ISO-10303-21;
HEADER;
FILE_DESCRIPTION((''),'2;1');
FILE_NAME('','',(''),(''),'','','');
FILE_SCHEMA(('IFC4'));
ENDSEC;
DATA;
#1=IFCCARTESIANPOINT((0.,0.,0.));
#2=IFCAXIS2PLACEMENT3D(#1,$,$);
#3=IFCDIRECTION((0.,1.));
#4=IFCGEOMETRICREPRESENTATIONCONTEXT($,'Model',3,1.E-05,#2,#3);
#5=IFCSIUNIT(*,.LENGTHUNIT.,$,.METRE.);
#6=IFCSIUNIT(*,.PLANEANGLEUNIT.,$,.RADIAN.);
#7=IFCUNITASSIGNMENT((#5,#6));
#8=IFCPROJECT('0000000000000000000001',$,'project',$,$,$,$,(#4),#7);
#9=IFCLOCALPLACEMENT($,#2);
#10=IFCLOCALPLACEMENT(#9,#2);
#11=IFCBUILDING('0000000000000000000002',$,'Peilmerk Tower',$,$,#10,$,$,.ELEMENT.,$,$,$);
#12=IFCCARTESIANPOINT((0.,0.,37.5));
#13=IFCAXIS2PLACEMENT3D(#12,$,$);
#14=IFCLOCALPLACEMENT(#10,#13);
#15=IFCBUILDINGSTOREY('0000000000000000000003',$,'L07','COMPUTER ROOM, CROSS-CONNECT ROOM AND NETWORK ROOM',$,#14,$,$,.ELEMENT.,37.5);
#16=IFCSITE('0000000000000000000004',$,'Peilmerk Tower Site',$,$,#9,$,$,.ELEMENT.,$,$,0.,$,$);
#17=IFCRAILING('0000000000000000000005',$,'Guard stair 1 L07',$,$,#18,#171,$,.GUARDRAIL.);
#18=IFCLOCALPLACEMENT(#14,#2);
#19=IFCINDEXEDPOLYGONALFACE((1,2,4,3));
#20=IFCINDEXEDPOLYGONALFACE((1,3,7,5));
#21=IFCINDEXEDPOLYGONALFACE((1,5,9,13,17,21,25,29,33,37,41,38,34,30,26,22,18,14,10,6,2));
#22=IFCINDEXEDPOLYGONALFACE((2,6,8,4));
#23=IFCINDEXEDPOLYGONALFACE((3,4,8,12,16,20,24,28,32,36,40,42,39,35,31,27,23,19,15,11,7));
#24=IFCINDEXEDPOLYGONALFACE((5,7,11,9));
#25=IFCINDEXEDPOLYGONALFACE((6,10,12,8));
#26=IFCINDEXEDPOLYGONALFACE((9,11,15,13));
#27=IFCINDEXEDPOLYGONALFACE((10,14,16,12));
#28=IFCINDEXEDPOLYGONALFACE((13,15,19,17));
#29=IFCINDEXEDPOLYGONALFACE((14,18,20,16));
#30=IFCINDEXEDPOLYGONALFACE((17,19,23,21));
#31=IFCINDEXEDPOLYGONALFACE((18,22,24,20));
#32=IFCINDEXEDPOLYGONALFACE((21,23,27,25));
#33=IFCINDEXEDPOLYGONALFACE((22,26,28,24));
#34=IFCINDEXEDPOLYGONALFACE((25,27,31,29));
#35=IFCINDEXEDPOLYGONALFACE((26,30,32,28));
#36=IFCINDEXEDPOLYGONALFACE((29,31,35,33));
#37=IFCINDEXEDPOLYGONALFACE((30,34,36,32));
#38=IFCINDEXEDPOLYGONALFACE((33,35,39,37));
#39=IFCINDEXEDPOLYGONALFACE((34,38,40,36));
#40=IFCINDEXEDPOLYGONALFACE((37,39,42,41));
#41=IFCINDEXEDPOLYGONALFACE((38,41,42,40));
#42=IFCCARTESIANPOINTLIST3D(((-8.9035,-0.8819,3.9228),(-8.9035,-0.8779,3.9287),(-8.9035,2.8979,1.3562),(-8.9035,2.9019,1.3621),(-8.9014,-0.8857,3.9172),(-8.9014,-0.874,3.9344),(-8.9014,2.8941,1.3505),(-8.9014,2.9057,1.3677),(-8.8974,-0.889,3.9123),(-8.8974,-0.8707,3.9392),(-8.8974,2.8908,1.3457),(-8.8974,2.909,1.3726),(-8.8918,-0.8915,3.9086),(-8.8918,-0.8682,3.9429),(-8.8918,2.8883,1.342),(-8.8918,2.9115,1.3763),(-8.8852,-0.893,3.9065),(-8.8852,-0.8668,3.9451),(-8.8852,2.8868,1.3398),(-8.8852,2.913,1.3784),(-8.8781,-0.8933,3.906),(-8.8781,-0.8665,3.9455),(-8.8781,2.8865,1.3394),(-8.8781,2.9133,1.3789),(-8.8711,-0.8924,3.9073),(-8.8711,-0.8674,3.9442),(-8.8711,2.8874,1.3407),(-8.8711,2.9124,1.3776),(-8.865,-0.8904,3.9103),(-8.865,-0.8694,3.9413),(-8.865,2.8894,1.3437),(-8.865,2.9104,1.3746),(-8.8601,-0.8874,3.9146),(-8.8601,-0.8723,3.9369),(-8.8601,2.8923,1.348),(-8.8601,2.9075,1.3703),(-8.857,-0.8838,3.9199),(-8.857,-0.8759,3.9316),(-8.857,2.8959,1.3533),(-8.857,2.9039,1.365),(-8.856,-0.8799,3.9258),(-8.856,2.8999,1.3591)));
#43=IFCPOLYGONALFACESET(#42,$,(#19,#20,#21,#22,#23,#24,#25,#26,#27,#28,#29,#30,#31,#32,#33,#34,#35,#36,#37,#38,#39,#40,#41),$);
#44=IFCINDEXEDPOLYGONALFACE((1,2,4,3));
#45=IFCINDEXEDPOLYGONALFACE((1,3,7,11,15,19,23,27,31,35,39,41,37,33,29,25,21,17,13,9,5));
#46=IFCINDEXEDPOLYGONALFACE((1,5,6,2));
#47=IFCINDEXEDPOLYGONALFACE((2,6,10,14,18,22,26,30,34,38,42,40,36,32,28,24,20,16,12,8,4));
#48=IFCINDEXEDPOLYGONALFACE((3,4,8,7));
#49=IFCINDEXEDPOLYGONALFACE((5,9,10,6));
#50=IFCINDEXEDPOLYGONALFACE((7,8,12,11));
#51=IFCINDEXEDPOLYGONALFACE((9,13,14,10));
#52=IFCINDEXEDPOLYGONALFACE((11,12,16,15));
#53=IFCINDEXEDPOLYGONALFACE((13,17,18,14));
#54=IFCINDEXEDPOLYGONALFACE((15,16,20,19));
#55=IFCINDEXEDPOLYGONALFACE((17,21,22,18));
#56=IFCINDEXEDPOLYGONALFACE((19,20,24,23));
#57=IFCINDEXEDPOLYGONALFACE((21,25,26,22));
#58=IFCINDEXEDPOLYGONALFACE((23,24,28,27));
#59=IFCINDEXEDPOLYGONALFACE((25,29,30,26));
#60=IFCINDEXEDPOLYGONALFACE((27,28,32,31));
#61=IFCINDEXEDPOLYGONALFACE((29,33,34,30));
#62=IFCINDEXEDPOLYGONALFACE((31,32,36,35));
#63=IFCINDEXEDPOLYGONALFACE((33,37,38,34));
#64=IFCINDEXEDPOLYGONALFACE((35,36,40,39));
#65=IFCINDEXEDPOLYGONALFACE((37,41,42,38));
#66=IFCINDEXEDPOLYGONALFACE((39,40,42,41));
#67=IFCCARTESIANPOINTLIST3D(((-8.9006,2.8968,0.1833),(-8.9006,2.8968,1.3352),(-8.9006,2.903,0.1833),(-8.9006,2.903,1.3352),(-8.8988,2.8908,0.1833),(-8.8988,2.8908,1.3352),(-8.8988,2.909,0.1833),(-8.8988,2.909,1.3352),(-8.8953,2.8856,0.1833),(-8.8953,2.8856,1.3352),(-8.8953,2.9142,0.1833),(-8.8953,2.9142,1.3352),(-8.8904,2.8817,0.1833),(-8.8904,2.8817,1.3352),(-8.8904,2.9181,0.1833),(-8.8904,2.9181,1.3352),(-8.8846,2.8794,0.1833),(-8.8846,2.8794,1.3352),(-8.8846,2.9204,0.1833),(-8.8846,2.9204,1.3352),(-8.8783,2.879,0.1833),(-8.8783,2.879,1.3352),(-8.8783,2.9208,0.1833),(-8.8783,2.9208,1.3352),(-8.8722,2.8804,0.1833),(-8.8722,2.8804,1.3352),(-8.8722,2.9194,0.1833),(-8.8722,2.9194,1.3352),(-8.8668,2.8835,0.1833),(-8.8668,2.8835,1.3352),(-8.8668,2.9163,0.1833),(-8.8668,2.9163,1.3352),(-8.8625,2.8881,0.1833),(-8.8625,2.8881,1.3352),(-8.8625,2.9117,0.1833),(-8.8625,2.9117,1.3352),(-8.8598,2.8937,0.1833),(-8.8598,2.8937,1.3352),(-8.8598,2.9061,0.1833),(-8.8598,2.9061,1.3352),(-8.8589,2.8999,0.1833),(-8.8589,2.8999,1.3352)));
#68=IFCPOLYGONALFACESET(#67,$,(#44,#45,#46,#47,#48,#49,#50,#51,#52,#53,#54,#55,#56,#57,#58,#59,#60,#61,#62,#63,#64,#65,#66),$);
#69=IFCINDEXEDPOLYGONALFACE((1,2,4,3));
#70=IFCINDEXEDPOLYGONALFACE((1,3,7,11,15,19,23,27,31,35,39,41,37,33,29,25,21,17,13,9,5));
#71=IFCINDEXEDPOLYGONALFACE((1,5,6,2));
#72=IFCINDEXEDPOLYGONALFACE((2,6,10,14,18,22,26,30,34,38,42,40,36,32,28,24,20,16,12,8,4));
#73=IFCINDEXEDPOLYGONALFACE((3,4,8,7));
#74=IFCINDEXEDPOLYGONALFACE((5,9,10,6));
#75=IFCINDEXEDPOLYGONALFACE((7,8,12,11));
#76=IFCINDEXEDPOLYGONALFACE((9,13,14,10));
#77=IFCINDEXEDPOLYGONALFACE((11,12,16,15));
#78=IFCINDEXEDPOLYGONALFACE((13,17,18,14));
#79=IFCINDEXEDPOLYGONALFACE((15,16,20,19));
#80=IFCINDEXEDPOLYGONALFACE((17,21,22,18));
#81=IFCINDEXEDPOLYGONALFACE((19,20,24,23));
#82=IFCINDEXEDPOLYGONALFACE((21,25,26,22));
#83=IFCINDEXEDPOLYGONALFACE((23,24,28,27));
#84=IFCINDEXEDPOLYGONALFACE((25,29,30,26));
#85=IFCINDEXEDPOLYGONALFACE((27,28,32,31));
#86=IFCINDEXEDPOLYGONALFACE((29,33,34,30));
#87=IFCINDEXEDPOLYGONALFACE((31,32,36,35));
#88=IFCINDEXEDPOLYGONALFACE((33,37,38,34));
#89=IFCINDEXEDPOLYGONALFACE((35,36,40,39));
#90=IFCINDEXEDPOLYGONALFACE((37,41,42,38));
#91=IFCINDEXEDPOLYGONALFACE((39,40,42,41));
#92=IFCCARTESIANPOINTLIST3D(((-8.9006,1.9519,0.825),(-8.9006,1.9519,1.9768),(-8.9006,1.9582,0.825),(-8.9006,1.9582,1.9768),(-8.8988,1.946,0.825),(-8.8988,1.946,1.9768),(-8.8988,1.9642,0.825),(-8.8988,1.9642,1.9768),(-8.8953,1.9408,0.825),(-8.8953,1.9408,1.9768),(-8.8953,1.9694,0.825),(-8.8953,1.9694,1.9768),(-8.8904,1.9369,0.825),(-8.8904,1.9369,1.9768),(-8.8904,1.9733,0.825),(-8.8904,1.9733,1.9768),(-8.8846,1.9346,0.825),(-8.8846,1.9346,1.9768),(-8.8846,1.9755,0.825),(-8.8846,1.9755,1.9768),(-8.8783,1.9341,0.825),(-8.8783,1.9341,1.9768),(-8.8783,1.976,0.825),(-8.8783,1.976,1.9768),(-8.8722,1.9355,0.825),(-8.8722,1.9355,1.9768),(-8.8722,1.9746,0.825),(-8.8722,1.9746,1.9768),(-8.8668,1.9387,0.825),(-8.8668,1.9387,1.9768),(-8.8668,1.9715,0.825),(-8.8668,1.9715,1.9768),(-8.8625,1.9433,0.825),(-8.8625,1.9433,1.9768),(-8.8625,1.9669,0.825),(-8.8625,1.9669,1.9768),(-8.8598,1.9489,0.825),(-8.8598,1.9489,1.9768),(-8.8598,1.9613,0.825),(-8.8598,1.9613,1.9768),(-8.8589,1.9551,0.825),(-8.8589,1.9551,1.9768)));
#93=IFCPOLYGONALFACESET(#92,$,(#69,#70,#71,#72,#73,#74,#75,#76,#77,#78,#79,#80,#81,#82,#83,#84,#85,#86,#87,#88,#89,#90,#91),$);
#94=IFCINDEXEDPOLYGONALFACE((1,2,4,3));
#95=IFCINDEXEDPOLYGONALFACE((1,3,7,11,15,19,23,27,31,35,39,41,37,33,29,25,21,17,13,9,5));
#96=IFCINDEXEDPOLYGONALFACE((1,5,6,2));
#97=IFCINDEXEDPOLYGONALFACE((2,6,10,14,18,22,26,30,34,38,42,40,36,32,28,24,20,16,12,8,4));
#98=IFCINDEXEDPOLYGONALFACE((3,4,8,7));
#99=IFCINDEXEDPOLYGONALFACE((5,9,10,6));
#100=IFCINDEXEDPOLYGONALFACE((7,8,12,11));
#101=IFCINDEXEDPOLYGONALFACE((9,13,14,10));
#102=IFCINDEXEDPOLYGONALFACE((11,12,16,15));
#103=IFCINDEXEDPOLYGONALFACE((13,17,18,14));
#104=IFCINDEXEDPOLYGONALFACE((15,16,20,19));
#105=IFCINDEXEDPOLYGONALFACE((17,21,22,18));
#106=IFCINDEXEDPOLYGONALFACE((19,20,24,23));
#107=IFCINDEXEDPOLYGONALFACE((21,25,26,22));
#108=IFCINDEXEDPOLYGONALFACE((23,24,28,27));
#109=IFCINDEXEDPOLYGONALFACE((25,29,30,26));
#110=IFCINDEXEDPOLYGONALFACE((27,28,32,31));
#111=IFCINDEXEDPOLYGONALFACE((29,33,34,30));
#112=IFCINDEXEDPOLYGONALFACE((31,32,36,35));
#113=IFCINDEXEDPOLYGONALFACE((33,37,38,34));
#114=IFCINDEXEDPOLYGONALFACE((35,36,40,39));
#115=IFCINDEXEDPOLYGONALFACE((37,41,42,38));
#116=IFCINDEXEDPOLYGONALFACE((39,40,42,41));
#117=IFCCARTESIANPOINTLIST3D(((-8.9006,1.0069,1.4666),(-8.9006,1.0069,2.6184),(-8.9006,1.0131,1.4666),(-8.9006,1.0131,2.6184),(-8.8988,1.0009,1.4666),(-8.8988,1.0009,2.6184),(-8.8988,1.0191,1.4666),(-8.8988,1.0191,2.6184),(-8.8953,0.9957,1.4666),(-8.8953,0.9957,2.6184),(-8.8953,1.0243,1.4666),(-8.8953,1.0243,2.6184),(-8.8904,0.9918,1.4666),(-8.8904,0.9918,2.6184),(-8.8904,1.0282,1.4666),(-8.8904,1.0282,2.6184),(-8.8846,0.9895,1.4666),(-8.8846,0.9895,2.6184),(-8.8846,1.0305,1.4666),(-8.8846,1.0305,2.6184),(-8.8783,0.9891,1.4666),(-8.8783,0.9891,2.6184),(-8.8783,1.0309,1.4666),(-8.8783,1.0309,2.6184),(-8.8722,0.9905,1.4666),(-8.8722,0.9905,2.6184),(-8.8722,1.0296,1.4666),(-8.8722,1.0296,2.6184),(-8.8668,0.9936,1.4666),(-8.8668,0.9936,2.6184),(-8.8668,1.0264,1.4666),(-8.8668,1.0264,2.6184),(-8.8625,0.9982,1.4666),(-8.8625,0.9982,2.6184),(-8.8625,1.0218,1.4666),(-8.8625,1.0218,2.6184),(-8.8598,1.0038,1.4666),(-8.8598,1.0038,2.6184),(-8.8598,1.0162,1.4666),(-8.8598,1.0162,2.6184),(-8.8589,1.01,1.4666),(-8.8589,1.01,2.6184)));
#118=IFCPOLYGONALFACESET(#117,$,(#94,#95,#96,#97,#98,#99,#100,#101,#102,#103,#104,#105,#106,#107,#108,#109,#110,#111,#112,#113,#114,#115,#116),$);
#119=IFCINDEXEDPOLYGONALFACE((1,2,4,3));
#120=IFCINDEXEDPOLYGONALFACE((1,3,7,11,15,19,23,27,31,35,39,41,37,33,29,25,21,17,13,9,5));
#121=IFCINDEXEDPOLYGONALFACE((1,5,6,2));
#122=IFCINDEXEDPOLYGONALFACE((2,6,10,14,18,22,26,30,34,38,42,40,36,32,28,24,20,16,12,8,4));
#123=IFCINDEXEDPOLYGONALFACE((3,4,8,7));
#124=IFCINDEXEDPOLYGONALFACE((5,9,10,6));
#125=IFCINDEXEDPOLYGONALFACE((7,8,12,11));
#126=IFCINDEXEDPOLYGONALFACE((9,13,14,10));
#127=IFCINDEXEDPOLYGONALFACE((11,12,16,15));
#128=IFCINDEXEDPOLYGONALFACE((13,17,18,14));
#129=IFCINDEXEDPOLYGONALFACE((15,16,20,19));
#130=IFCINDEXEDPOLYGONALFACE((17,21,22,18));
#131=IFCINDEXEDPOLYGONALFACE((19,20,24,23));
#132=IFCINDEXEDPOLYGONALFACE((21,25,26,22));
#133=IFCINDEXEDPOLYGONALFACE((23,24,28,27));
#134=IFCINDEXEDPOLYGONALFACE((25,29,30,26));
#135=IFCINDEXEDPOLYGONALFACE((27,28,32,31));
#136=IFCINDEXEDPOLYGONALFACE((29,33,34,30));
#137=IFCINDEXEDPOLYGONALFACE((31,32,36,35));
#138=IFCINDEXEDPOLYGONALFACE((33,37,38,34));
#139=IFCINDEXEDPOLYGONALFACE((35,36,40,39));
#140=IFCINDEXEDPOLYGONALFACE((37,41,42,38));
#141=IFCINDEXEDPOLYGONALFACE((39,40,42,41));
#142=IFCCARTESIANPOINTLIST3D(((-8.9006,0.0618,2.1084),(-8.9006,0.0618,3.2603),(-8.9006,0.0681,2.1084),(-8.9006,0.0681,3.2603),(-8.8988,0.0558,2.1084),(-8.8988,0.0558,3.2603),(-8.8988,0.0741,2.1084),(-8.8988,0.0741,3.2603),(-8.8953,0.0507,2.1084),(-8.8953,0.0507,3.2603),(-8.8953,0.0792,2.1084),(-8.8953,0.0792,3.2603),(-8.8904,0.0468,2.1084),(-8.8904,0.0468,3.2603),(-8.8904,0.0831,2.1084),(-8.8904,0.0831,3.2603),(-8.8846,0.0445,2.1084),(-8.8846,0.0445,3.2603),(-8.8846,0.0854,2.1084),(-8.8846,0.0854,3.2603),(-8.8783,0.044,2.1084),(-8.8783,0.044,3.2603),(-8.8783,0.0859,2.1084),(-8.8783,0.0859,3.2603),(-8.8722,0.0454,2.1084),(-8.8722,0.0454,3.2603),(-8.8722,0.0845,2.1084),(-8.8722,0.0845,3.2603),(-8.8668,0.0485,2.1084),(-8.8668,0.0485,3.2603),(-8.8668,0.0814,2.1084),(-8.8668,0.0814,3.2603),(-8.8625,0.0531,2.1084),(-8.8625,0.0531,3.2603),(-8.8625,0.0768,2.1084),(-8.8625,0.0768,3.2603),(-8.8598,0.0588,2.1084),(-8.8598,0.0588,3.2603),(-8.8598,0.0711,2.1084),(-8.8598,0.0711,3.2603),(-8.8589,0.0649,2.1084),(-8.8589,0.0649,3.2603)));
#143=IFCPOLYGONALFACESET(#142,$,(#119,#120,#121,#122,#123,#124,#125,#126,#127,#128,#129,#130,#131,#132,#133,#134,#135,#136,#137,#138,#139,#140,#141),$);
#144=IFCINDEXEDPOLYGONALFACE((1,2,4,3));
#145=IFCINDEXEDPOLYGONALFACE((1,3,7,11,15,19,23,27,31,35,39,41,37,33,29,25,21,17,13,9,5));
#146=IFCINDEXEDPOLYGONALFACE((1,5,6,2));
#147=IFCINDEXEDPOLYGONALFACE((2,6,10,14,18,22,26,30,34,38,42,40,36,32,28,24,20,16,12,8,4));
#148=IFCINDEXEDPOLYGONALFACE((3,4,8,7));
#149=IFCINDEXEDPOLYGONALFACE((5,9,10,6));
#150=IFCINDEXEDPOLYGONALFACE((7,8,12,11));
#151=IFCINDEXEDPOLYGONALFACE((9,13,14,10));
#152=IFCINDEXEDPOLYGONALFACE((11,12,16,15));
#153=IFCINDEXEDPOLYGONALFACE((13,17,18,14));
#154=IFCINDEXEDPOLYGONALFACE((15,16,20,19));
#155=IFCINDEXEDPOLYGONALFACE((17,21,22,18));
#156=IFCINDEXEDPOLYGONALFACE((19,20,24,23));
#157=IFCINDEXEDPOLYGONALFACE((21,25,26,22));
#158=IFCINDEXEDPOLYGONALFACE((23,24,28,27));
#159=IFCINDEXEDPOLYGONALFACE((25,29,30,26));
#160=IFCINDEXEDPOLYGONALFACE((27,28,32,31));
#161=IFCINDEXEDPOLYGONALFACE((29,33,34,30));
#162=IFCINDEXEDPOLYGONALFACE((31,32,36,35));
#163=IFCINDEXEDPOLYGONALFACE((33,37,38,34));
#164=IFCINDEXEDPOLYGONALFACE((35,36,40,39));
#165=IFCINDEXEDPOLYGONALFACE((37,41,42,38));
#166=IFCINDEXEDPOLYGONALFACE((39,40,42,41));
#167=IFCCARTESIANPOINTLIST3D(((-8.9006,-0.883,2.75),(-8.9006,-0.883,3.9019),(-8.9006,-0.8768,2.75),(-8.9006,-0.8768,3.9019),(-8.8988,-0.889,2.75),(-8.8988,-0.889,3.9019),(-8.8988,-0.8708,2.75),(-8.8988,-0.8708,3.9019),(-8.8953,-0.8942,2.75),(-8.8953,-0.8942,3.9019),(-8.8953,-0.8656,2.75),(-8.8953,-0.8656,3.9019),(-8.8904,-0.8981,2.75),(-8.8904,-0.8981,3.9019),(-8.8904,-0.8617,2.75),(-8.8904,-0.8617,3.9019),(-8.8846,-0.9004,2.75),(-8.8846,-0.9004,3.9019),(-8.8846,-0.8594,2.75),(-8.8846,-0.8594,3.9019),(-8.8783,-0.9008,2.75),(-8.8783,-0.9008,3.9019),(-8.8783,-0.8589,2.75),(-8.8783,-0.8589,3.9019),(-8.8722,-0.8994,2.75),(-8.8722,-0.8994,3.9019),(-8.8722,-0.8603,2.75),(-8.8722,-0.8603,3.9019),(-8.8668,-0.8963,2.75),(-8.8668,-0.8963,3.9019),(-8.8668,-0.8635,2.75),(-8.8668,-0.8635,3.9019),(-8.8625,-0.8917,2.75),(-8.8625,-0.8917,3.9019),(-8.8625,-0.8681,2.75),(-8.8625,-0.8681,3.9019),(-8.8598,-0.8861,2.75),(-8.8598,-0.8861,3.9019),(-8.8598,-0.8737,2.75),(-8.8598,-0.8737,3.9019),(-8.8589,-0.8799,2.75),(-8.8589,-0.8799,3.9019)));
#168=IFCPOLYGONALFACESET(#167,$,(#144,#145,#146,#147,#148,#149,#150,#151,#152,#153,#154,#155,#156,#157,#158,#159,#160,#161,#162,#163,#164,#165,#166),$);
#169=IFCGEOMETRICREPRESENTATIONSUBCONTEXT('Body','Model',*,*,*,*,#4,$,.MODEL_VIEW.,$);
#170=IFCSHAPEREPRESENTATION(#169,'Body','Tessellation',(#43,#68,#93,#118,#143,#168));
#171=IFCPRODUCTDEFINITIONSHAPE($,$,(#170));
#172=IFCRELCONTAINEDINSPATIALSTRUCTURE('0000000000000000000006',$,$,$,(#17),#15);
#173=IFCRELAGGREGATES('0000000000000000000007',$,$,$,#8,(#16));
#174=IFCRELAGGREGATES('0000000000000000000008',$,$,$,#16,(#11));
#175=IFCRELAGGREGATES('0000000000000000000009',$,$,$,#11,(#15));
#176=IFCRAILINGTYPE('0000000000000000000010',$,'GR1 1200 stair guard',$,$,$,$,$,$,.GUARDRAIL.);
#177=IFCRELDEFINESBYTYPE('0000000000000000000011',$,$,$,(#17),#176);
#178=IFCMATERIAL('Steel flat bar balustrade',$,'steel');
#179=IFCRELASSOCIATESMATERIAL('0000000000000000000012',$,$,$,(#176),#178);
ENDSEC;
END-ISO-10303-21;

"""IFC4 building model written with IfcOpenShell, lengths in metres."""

from ifc_helpers import new_model, si_unit, direction, frame, origin, origin_2d, place, context, subcontext, project, spatial, circle, extrude, material, type_object, element, save


model = new_model("IFC4")

# Units and contexts
model_context = context("Model", 3, precision=1e-05, world=origin(), true_north=direction((0.0, 1.0)))
body_context = subcontext(model_context, "Body", "Model", "MODEL_VIEW")
ifc_project = project(units=[si_unit("LENGTHUNIT", "METRE"), si_unit("PLANEANGLEUNIT", "RADIAN")], contexts=[model_context])

# Site, building, storey
site_placement = place(None, origin())
site = spatial("IfcSite", under=ifc_project, at=site_placement, Name="Peilmerk Tower Site", CompositionType="ELEMENT", RefElevation=0.0)
building_placement = place(site_placement, origin())
building = spatial("IfcBuilding", under=site, at=building_placement, Name="Peilmerk Tower", CompositionType="ELEMENT")
storey_placement = place(building_placement, frame((0.0, 0.0, 37.5)))
storey = spatial("IfcBuildingStorey", under=building, at=storey_placement, Name="L07", Description="COMPUTER ROOM, CROSS-CONNECT ROOM AND NETWORK ROOM", CompositionType="ELEMENT", Elevation=37.5)

# Railing
ifc_material_1 = material(Name="Steel flat bar balustrade", Category="steel")
railing_type_1 = type_object("IfcRailingType", Name="GR1 1200 stair guard", PredefinedType="GUARDRAIL", material=ifc_material_1)
railing_1_placement = place(storey_placement, frame((-8.8799, 2.8999, 0.1833)))
element("IfcRailing", 1, at=railing_1_placement, inside=storey, type_object=railing_type_1, Name="Guard stair 1 L07", PredefinedType="GUARDRAIL", context=body_context, shape_type="SweptSolid", body=[
    extrude(circle(Radius=0.0239, at=origin_2d()), frame((0.0, 0.0, 1.1758), z_axis=(0.0, -0.827293, 0.561771), x_axis=(1.0, 0.0, 0.0)), (0.0, 0.0, 1.0), 4.5688),
    extrude(circle(Radius=0.021, at=origin_2d()), origin(), (0.0, 0.0, 1.0), 1.1519),
    extrude(circle(Radius=0.021, at=origin_2d()), frame((0.0, -0.9448, 0.6416)), (0.0, 0.0, 1.0), 1.1519),
    extrude(circle(Radius=0.021, at=origin_2d()), frame((0.0, -1.8899, 1.2832)), (0.0, 0.0, 1.0), 1.1519),
    extrude(circle(Radius=0.021, at=origin_2d()), frame((0.0, -2.835, 1.925)), (0.0, 0.0, 1.0), 1.1519),
    extrude(circle(Radius=0.021, at=origin_2d()), frame((0.0, -3.7798, 2.5667)), (0.0, 0.0, 1.0), 1.1519),
])

save(model, "model.ifc")
